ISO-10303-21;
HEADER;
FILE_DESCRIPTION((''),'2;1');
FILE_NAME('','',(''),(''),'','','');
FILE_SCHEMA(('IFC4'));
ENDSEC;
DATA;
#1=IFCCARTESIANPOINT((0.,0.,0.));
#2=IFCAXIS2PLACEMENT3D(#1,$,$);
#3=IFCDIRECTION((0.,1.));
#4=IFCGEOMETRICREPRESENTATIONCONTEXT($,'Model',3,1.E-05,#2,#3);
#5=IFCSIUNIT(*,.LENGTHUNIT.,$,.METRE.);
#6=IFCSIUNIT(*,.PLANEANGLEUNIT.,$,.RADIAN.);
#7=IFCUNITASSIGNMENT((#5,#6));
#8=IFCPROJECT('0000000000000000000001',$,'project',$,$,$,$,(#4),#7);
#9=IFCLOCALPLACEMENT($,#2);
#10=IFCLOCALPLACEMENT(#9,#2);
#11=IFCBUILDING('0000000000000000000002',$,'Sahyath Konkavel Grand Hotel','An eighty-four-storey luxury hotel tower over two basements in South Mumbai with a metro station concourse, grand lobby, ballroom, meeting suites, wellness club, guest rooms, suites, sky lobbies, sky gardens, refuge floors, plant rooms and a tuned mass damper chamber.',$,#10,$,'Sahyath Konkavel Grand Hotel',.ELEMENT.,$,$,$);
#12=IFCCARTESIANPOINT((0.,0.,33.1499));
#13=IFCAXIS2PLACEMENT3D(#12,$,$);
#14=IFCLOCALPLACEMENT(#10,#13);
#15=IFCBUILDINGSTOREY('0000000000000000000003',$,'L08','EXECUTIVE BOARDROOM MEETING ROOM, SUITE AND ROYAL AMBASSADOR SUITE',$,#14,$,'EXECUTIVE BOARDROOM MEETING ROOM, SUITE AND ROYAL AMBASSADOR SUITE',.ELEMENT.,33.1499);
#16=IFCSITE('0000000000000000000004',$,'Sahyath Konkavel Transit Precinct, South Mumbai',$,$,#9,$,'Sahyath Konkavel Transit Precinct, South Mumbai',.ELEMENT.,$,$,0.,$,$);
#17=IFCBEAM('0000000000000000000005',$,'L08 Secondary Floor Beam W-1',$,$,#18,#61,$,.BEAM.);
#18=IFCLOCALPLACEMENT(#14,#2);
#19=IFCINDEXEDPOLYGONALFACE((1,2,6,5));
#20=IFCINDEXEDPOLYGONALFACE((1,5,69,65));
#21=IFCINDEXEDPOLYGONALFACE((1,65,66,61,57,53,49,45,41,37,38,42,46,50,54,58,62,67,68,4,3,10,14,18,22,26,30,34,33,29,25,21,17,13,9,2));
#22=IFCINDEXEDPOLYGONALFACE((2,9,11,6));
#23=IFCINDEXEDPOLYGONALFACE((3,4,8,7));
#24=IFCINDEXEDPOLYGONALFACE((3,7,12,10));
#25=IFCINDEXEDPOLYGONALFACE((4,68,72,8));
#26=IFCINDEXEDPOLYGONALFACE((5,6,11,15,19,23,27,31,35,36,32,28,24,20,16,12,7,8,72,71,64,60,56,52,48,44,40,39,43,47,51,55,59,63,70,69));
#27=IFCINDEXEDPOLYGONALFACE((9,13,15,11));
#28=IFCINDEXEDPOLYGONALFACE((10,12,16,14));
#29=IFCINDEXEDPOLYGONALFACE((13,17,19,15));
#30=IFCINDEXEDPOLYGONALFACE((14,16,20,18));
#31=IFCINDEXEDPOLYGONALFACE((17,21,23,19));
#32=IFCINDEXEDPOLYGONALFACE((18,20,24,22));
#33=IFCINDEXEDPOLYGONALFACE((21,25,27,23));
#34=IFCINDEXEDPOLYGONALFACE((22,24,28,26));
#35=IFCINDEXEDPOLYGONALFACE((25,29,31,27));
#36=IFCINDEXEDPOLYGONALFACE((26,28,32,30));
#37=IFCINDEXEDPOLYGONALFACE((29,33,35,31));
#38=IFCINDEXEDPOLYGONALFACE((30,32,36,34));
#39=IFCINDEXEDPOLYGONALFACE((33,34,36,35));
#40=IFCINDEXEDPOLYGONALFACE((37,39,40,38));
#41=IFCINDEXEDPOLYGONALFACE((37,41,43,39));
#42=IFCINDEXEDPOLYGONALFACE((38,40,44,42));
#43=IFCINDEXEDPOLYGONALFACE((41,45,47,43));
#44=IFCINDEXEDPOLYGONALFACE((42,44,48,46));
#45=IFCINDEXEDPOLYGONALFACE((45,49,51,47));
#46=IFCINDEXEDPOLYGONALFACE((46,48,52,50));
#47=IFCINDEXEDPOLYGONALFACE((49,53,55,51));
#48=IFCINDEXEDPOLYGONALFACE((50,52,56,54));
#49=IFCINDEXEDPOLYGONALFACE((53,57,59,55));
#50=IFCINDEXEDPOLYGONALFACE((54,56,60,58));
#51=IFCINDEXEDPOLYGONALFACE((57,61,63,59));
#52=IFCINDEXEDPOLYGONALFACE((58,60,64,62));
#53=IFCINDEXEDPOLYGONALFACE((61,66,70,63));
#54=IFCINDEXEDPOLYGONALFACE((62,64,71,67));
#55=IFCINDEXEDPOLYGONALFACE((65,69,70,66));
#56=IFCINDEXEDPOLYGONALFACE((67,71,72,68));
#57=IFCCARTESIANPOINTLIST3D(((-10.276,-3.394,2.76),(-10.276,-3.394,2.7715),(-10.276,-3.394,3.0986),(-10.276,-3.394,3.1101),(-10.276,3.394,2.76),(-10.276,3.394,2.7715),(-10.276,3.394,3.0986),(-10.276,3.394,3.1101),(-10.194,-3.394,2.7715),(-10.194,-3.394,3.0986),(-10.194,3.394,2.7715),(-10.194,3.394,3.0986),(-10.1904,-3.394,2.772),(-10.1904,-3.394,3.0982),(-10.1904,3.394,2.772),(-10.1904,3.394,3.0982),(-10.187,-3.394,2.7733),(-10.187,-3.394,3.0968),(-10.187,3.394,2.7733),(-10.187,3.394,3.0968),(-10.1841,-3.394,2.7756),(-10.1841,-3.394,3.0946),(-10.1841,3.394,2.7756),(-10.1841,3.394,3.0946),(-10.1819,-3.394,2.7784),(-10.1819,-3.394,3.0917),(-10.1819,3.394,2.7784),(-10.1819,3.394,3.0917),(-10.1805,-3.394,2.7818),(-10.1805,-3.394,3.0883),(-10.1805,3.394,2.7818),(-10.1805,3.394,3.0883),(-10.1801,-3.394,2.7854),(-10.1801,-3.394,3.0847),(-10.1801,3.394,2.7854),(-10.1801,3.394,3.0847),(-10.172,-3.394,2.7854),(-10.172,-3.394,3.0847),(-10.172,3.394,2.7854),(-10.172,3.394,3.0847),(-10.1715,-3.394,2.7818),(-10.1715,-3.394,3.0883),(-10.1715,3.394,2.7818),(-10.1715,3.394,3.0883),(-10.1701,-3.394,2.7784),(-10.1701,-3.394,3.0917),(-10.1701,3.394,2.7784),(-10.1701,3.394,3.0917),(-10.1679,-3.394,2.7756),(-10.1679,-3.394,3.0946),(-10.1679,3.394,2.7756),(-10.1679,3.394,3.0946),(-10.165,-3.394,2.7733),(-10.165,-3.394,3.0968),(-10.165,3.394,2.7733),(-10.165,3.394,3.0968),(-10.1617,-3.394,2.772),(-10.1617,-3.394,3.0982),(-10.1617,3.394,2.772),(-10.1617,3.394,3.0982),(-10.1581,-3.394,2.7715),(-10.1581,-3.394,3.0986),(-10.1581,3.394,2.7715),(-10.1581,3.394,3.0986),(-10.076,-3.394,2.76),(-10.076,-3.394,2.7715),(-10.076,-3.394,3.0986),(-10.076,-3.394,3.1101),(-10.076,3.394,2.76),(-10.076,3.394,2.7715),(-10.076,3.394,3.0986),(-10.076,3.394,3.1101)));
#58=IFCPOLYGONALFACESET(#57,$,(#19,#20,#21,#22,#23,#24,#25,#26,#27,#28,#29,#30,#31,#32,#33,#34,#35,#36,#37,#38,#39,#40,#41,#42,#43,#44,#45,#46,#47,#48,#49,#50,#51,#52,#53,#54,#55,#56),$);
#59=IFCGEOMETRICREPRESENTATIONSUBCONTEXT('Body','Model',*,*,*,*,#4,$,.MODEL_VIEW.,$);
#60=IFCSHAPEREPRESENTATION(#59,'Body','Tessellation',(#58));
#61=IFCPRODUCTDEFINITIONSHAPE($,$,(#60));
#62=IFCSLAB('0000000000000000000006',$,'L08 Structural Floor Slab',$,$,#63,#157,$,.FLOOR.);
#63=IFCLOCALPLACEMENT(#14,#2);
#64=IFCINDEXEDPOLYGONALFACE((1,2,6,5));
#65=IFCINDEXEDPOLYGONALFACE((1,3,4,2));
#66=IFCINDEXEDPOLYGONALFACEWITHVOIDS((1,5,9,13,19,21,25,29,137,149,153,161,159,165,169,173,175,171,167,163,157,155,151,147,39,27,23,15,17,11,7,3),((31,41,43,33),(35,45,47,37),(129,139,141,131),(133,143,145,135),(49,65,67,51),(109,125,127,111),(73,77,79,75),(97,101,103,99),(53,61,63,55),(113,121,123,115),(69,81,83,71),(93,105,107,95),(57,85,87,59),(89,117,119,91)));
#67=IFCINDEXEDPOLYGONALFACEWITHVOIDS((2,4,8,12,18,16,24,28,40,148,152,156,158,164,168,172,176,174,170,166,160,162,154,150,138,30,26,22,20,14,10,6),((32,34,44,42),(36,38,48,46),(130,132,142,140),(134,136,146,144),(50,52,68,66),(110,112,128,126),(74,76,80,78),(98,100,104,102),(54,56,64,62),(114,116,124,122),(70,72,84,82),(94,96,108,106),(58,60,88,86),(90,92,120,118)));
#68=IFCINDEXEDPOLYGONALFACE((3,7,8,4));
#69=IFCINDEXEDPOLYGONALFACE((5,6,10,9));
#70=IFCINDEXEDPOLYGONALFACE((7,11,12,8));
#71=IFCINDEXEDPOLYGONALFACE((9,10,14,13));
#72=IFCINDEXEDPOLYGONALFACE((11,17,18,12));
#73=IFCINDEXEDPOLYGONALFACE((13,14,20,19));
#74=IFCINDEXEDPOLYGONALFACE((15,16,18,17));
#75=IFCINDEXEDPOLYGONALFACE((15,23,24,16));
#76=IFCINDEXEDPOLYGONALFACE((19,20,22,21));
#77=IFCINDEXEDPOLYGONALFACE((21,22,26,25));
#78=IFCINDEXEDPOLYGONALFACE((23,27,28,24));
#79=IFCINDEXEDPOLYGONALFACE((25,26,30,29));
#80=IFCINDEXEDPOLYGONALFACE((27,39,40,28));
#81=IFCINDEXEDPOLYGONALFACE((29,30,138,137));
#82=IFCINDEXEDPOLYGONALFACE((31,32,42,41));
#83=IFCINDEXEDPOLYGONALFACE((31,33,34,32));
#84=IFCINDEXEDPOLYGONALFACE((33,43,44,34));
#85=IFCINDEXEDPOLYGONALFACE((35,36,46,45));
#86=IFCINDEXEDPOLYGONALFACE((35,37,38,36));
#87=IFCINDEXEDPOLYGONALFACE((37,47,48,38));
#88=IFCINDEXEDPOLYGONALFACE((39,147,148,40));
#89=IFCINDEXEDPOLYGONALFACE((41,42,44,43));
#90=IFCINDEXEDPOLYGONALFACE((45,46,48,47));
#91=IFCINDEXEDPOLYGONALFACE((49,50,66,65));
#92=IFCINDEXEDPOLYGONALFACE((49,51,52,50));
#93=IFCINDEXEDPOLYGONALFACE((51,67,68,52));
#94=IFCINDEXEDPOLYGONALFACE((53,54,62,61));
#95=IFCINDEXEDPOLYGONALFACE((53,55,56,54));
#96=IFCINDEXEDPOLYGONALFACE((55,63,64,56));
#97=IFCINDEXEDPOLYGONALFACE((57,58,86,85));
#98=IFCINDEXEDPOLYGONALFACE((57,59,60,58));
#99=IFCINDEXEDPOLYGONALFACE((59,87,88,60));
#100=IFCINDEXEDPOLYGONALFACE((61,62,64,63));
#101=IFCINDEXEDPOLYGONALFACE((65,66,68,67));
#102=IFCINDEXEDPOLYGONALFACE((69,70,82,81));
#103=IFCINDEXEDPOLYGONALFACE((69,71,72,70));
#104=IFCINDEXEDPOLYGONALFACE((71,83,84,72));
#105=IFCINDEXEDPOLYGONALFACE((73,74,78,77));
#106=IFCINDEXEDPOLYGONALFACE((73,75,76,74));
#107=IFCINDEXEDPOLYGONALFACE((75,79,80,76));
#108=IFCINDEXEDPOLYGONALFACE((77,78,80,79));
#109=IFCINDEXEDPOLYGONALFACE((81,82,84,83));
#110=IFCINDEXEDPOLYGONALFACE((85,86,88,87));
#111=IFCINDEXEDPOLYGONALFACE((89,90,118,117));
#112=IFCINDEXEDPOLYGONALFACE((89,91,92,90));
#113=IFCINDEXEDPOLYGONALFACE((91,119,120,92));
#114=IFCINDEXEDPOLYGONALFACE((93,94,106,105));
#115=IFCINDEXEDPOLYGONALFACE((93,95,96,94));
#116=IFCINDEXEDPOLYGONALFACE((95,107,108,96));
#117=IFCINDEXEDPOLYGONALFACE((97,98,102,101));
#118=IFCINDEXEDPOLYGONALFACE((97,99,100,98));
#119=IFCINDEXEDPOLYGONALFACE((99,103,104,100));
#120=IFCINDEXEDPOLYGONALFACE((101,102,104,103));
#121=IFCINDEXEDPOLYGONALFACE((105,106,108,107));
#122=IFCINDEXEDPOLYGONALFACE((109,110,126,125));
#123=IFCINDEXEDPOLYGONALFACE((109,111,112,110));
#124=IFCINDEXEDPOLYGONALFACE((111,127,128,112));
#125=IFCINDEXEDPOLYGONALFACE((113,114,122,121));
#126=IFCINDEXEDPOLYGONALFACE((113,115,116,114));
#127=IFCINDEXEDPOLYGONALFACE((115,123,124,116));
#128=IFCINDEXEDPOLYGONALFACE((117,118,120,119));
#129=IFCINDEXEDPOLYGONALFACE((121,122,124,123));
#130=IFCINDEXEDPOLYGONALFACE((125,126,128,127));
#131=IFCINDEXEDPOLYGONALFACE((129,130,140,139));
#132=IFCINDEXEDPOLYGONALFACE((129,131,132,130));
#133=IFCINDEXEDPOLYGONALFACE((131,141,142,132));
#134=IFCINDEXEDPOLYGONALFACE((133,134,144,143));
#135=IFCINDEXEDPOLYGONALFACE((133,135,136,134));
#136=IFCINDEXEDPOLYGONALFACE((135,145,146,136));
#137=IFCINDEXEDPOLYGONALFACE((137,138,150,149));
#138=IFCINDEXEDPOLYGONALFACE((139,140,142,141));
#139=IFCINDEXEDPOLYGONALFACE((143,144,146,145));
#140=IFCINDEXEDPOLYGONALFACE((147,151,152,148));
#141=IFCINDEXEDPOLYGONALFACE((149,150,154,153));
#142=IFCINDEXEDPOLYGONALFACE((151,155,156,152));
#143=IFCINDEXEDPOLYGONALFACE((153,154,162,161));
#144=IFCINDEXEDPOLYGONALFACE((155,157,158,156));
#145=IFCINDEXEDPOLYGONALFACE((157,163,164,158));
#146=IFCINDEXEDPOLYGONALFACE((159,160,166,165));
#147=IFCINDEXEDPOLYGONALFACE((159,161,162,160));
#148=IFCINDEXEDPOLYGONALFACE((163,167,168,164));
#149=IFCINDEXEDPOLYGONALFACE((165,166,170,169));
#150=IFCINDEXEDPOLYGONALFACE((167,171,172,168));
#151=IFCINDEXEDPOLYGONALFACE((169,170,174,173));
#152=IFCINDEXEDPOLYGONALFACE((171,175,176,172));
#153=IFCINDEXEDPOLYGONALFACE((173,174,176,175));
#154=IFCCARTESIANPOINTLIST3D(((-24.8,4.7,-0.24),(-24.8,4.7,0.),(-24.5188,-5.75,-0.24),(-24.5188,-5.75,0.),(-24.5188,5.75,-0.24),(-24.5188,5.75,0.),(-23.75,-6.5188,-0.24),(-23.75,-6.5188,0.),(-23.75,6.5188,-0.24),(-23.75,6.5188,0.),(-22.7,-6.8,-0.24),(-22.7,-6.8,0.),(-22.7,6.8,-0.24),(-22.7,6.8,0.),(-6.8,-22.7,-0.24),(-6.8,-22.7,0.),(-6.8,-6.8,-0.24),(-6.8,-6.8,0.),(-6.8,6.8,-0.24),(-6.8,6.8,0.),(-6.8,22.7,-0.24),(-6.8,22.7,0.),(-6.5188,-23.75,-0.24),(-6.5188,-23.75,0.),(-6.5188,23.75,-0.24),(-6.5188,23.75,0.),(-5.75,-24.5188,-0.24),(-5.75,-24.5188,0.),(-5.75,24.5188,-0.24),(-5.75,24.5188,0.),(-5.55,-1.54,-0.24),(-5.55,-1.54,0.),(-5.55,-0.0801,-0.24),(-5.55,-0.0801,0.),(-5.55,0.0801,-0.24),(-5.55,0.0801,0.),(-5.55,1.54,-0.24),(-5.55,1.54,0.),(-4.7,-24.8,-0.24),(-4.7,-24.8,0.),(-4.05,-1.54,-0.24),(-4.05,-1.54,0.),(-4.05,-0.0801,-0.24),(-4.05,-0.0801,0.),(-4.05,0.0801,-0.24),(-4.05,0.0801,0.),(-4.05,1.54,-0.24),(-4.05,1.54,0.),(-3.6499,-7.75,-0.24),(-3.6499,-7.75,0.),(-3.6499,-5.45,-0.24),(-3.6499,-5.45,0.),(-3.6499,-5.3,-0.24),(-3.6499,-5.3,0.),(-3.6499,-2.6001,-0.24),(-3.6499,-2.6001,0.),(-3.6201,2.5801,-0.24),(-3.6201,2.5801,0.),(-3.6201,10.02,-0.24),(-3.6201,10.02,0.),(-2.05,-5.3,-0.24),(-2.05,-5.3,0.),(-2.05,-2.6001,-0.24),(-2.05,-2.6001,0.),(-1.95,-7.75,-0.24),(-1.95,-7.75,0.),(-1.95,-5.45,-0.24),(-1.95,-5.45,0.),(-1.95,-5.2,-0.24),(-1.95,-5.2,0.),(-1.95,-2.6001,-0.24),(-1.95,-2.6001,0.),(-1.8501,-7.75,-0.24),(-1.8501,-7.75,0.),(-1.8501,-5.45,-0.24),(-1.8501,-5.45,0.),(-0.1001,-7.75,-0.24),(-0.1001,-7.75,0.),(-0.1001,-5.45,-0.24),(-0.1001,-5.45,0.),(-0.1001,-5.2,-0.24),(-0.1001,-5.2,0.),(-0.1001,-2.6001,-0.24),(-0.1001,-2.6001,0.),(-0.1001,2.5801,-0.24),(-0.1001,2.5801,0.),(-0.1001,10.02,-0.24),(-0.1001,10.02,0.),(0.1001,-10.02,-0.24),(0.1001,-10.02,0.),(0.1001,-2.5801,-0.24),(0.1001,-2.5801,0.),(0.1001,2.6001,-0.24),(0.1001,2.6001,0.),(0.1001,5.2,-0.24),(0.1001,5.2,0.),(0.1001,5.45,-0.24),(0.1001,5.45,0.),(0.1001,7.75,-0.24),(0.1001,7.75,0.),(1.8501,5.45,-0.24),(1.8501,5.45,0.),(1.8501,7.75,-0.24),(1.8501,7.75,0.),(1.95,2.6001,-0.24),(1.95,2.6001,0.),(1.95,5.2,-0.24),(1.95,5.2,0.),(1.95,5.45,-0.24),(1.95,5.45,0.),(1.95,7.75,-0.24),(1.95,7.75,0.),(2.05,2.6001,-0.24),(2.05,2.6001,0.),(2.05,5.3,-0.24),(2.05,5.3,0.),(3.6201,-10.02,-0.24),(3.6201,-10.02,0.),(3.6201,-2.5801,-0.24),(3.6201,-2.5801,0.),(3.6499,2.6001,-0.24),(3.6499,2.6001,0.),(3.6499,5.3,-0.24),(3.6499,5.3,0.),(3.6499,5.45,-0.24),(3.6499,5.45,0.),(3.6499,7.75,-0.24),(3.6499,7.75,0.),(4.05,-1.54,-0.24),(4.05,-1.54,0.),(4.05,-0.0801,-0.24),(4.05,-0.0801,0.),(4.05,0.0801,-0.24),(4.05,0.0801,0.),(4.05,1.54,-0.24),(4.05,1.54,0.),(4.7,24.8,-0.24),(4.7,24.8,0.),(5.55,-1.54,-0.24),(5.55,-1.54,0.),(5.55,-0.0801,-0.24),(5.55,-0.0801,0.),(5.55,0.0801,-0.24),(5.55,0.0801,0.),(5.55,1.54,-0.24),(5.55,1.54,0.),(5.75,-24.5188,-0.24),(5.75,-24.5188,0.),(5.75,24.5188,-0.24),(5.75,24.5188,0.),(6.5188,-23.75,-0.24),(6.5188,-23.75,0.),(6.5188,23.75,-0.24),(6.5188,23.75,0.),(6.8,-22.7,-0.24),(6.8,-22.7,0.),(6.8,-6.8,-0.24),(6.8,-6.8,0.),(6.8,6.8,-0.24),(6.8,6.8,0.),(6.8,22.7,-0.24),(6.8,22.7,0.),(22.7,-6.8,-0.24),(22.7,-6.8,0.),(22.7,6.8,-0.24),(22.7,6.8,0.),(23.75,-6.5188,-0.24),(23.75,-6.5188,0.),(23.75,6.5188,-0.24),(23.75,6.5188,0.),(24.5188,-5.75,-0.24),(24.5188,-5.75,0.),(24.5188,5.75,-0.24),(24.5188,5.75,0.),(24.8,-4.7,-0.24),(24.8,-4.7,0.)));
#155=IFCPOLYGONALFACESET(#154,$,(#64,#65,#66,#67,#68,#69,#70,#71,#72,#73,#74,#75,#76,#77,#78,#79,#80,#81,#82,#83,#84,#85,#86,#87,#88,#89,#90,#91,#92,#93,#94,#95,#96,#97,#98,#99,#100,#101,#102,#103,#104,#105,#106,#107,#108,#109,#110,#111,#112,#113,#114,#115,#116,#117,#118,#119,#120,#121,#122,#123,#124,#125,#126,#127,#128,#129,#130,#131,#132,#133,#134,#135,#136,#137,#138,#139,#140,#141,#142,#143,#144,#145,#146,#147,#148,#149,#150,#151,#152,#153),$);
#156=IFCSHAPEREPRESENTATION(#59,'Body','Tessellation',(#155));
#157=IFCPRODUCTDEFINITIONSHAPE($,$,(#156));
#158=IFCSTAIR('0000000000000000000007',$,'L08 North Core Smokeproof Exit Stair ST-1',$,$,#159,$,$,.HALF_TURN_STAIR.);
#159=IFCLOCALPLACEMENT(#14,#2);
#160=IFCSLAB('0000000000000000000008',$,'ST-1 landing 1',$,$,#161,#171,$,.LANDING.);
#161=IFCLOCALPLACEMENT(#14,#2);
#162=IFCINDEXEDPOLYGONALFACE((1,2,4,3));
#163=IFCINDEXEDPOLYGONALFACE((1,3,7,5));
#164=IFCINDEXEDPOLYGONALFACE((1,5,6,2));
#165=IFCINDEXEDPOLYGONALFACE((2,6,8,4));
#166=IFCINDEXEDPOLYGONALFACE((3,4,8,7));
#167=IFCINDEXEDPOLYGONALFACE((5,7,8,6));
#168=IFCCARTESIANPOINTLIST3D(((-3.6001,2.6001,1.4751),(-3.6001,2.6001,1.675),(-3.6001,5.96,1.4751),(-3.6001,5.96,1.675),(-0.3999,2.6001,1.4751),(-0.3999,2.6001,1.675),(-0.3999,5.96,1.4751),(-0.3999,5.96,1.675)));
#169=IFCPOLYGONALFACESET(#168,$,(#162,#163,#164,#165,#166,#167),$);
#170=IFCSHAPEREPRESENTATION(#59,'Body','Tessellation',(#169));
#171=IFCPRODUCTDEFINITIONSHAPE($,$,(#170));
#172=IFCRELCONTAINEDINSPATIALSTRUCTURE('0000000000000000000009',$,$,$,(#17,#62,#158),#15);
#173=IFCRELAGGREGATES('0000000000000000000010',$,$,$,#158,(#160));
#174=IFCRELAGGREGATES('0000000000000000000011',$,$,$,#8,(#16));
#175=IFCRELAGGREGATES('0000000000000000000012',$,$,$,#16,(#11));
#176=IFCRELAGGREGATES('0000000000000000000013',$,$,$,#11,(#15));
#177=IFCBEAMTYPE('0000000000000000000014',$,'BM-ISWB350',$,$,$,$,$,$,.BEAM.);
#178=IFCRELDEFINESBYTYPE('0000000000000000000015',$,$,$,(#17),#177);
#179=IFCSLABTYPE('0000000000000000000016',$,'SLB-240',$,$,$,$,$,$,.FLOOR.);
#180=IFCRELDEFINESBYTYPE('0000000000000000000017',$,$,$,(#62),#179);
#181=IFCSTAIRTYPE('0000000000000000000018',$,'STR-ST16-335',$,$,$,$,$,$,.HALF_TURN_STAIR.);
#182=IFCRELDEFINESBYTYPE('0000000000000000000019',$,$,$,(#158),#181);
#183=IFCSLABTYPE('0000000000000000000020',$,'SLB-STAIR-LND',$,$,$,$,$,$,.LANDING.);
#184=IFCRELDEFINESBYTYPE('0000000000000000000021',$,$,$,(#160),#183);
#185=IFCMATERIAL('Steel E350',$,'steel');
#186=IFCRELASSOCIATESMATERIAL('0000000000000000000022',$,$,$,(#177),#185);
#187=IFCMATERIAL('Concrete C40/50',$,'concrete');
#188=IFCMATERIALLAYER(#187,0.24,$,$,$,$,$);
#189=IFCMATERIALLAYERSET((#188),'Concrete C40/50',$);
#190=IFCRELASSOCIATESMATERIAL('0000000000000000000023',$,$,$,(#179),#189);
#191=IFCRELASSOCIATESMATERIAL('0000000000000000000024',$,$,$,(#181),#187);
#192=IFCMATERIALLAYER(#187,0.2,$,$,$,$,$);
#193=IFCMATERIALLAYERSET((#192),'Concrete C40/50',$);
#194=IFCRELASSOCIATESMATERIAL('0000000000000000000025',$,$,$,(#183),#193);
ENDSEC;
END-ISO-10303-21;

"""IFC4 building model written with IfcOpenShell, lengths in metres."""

from ifc_helpers import new_model, si_unit, direction, frame, origin, origin_2d, place, context, subcontext, project, spatial, polyline, i_section, outline, extrude, source, transform, mapped, material, layer, layer_set, material_profile, profile_set, type_object, element, aggregate, save


model = new_model("IFC4")

# Units and contexts
model_context = context("Model", 3, precision=1e-05, world=origin(), true_north=direction((0.0, 1.0)))
body_context = subcontext(model_context, "Body", "Model", "MODEL_VIEW")
ifc_project = project(units=[si_unit("LENGTHUNIT", "METRE"), si_unit("PLANEANGLEUNIT", "RADIAN")], contexts=[model_context])

# Site, building, storey
site_placement = place(None, origin())
site = spatial("IfcSite", under=ifc_project, at=site_placement, Name="Sahyath Konkavel Transit Precinct, South Mumbai", LongName="Sahyath Konkavel Transit Precinct, South Mumbai", CompositionType="ELEMENT", RefElevation=0.0)
building_placement = place(site_placement, origin())
building = spatial("IfcBuilding", under=site, at=building_placement, Name="Sahyath Konkavel Grand Hotel", Description="An eighty-four-storey luxury hotel tower over two basements in South Mumbai with a metro station concourse, grand lobby, ballroom, meeting suites, wellness club, guest rooms, suites, sky lobbies, sky gardens, refuge floors, plant rooms and a tuned mass damper chamber.", LongName="Sahyath Konkavel Grand Hotel", CompositionType="ELEMENT")
storey_placement = place(building_placement, frame((0.0, 0.0, 33.1499)))
storey = spatial("IfcBuildingStorey", under=building, at=storey_placement, Name="L08", Description="EXECUTIVE BOARDROOM MEETING ROOM, SUITE AND ROYAL AMBASSADOR SUITE", LongName="EXECUTIVE BOARDROOM MEETING ROOM, SUITE AND ROYAL AMBASSADOR SUITE", CompositionType="ELEMENT", Elevation=33.1499)

# Beam
ifc_material_1 = material(Name="Steel E350", Category="steel")
ifc_material_profile_1 = material_profile(ifc_material_1, i_section(OverallWidth=0.2, OverallDepth=0.3501, WebThickness=0.0081, FlangeThickness=0.0115, FilletRadius=0.0139, at=origin_2d()), Name="ISWB 350")
ifc_profile_set_1 = profile_set([ifc_material_profile_1], Name="Steel E350")
beam_type_1 = type_object("IfcBeamType", Name="BM-ISWB350", PredefinedType="BEAM", material=ifc_profile_set_1)
shared_shape_1 = source(origin(), body_context, "Body", "SweptSolid", [
    extrude(i_section(OverallWidth=0.2, OverallDepth=0.3501, WebThickness=0.0081, FlangeThickness=0.0115, FilletRadius=0.0139, at=origin_2d()), origin(), (0.0, 0.0, 1.0), 6.7881),
])
beam_1_placement = place(storey_placement, frame((-10.176, 3.394, 2.9351), z_axis=(0.0, -1.0, 0.0), x_axis=(1.0, 0.0, 0.0)))
element("IfcBeam", 1, at=beam_1_placement, inside=storey, type_object=beam_type_1, Name="L08 Secondary Floor Beam W-1", PredefinedType="BEAM", context=body_context, shape_type="MappedRepresentation", body=[
    mapped(shared_shape_1, transform((0.0, 0.0, 0.0), scale=1.0)),
])

# Slab
ifc_material_2 = material(Name="Concrete C40/50", Category="concrete")
ifc_layer_1 = layer(ifc_material_2, 0.24)
ifc_layer_set_1 = layer_set([ifc_layer_1], Name="Concrete C40/50")
slab_type_1 = type_object("IfcSlabType", Name="SLB-240", PredefinedType="FLOOR", material=ifc_layer_set_1)
slab_1_placement = place(storey_placement, frame((0.0, 0.0, -0.24)))
element("IfcSlab", 2, at=slab_1_placement, inside=storey, type_object=slab_type_1, Name="L08 Structural Floor Slab", PredefinedType="FLOOR", context=body_context, shape_type="SweptSolid", body=[
    extrude(outline(polyline([(6.8, -6.8), (22.7, -6.8), (23.75, -6.5188), (24.5188, -5.75), (24.8, -4.7), (24.5188, 5.75), (23.75, 6.5188), (22.7, 6.8), (6.8, 6.8), (6.8, 22.7), (6.5188, 23.75), (5.75, 24.5188), (4.7, 24.8), (-5.75, 24.5188), (-6.5188, 23.75), (-6.8, 22.7), (-6.8, 6.8), (-22.7, 6.8), (-23.75, 6.5188), (-24.5188, 5.75), (-24.8, 4.7), (-24.5188, -5.75), (-23.75, -6.5188), (-22.7, -6.8), (-6.8, -6.8), (-6.8, -22.7), (-6.5188, -23.75), (-5.75, -24.5188), (-4.7, -24.8), (5.75, -24.5188), (6.5188, -23.75), (6.8, -22.7), (6.8, -6.8)]), holes=[polyline([(-3.6201, 2.5801), (-0.1001, 2.5801), (-0.1001, 10.02), (-3.6201, 10.02), (-3.6201, 2.5801)]), polyline([(0.1001, -10.02), (3.6201, -10.02), (3.6201, -2.5801), (0.1001, -2.5801), (0.1001, -10.02)]), polyline([(0.1001, 2.6001), (1.95, 2.6001), (1.95, 5.2), (0.1001, 5.2), (0.1001, 2.6001)]), polyline([(-1.95, -5.2), (-0.1001, -5.2), (-0.1001, -2.6001), (-1.95, -2.6001), (-1.95, -5.2)]), polyline([(2.05, 2.6001), (3.6499, 2.6001), (3.6499, 5.3), (2.05, 5.3), (2.05, 2.6001)]), polyline([(-3.6499, -5.3), (-2.05, -5.3), (-2.05, -2.6001), (-3.6499, -2.6001), (-3.6499, -5.3)]), polyline([(0.1001, 5.45), (1.8501, 5.45), (1.8501, 7.75), (0.1001, 7.75), (0.1001, 5.45)]), polyline([(1.95, 5.45), (3.6499, 5.45), (3.6499, 7.75), (1.95, 7.75), (1.95, 5.45)]), polyline([(-3.6499, -7.75), (-1.95, -7.75), (-1.95, -5.45), (-3.6499, -5.45), (-3.6499, -7.75)]), polyline([(-1.8501, -7.75), (-0.1001, -7.75), (-0.1001, -5.45), (-1.8501, -5.45), (-1.8501, -7.75)]), polyline([(4.05, 0.0801), (5.55, 0.0801), (5.55, 1.54), (4.05, 1.54), (4.05, 0.0801)]), polyline([(4.05, -1.54), (5.55, -1.54), (5.55, -0.0801), (4.05, -0.0801), (4.05, -1.54)]), polyline([(-5.55, 0.0801), (-4.05, 0.0801), (-4.05, 1.54), (-5.55, 1.54), (-5.55, 0.0801)]), polyline([(-5.55, -1.54), (-4.05, -1.54), (-4.05, -0.0801), (-5.55, -0.0801), (-5.55, -1.54)])]), origin(), (0.0, 0.0, 1.0), 0.24),
])

# Stair, slab
stair_type = type_object("IfcStairType", Name="STR-ST16-335", PredefinedType="HALF_TURN_STAIR", material=ifc_material_2)
stair_placement = place(storey_placement, origin())
stair = element("IfcStair", 3, at=stair_placement, inside=storey, type_object=stair_type, Name="L08 North Core Smokeproof Exit Stair ST-1", PredefinedType="HALF_TURN_STAIR")
ifc_layer_2 = layer(ifc_material_2, 0.2)
ifc_layer_set_2 = layer_set([ifc_layer_2], Name="Concrete C40/50")
slab_type_2 = type_object("IfcSlabType", Name="SLB-STAIR-LND", PredefinedType="LANDING", material=ifc_layer_set_2)
slab_2_placement = place(storey_placement, frame((0.0, 0.0, 1.4751)))
slab_2 = element("IfcSlab", 4, at=slab_2_placement, type_object=slab_type_2, Name="ST-1 landing 1", PredefinedType="LANDING", context=body_context, shape_type="SweptSolid", body=[
    extrude(outline(polyline([(-3.6001, 5.96), (-3.6001, 2.6001), (-0.3999, 2.6001), (-0.3999, 5.96), (-3.6001, 5.96)])), origin(), (0.0, 0.0, 1.0), 0.2),
])

aggregate(stair, [slab_2])

save(model, "model.ifc")
